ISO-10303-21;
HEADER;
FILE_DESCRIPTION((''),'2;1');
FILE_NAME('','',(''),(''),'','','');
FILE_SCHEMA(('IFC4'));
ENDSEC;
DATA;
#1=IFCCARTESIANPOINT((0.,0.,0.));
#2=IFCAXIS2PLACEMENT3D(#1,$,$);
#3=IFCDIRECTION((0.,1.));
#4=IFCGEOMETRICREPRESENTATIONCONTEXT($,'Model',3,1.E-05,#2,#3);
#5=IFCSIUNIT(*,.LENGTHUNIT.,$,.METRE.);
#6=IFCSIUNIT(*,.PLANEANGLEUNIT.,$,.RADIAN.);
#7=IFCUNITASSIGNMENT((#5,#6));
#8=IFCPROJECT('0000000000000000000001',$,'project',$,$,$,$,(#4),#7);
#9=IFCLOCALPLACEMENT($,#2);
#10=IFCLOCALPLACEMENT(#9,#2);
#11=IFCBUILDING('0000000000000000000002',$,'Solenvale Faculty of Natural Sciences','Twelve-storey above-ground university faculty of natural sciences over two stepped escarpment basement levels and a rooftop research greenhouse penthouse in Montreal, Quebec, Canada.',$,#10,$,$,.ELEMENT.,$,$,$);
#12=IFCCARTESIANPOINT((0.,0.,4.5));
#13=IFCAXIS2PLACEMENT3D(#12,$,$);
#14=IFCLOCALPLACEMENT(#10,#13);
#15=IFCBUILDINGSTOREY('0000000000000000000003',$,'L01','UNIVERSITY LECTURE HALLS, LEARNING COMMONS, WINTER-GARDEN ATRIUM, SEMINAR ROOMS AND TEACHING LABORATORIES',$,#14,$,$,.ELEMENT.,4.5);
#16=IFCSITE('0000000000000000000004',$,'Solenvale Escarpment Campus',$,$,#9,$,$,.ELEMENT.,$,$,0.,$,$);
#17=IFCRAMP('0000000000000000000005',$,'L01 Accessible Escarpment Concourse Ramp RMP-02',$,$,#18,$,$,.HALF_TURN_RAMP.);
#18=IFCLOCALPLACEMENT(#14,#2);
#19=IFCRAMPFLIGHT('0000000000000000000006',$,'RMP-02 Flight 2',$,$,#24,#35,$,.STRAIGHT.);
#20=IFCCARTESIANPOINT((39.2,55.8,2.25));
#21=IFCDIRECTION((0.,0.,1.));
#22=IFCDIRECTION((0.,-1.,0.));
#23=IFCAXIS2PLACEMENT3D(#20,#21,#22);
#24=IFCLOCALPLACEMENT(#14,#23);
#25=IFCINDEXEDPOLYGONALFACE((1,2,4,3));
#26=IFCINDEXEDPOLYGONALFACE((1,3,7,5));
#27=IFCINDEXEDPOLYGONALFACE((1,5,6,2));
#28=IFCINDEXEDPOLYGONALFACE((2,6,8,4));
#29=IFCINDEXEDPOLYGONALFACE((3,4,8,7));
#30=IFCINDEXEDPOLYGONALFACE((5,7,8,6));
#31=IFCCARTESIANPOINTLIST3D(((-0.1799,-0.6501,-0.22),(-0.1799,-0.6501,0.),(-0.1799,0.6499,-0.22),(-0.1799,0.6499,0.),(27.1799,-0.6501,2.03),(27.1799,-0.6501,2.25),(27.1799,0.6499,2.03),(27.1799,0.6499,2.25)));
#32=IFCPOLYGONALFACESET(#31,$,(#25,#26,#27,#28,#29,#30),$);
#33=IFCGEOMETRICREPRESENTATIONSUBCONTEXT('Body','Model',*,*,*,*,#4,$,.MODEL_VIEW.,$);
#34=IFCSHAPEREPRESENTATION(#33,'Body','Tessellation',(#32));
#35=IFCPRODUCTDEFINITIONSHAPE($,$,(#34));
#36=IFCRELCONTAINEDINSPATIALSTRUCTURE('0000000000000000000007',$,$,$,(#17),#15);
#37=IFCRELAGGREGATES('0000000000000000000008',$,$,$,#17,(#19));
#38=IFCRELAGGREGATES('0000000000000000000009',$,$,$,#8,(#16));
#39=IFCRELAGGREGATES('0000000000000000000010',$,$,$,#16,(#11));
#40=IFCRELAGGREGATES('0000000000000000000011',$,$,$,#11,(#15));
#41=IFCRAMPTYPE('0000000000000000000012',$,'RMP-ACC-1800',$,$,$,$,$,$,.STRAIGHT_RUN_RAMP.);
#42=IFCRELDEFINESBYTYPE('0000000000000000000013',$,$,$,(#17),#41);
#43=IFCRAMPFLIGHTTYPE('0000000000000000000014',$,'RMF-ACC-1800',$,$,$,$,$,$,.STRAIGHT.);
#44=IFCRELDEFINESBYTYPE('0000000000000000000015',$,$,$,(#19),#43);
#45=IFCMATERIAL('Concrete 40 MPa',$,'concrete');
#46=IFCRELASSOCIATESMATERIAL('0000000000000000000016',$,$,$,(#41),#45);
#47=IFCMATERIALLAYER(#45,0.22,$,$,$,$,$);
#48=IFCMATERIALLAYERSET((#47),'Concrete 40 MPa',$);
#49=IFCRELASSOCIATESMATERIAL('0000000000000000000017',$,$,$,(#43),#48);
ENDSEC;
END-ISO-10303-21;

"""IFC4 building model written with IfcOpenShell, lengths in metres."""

from ifc_helpers import new_model, si_unit, direction, frame, origin, place, context, subcontext, project, spatial, polyline, outline, extrude, material, layer, layer_set, type_object, element, aggregate, save


model = new_model("IFC4")

# Units and contexts
model_context = context("Model", 3, precision=1e-05, world=origin(), true_north=direction((0.0, 1.0)))
body_context = subcontext(model_context, "Body", "Model", "MODEL_VIEW")
ifc_project = project(units=[si_unit("LENGTHUNIT", "METRE"), si_unit("PLANEANGLEUNIT", "RADIAN")], contexts=[model_context])

# Site, building, storey
site_placement = place(None, origin())
site = spatial("IfcSite", under=ifc_project, at=site_placement, Name="Solenvale Escarpment Campus", CompositionType="ELEMENT", RefElevation=0.0)
building_placement = place(site_placement, origin())
building = spatial("IfcBuilding", under=site, at=building_placement, Name="Solenvale Faculty of Natural Sciences", Description="Twelve-storey above-ground university faculty of natural sciences over two stepped escarpment basement levels and a rooftop research greenhouse penthouse in Montreal, Quebec, Canada.", CompositionType="ELEMENT")
storey_placement = place(building_placement, frame((0.0, 0.0, 4.5)))
storey = spatial("IfcBuildingStorey", under=building, at=storey_placement, Name="L01", Description="UNIVERSITY LECTURE HALLS, LEARNING COMMONS, WINTER-GARDEN ATRIUM, SEMINAR ROOMS AND TEACHING LABORATORIES", CompositionType="ELEMENT", Elevation=4.5)

# Shared definitions
ifc_material_1 = material(Name="Concrete 40 MPa", Category="concrete")

# Ramp, ramp flight
ramp_type = type_object("IfcRampType", Name="RMP-ACC-1800", PredefinedType="STRAIGHT_RUN_RAMP", material=ifc_material_1)
ramp_placement = place(storey_placement, origin())
ramp = element("IfcRamp", 1, at=ramp_placement, inside=storey, type_object=ramp_type, Name="L01 Accessible Escarpment Concourse Ramp RMP-02", PredefinedType="HALF_TURN_RAMP")
ifc_layer_1 = layer(ifc_material_1, 0.22)
ifc_layer_set_1 = layer_set([ifc_layer_1], Name="Concrete 40 MPa")
ramp_flight_type = type_object("IfcRampFlightType", Name="RMF-ACC-1800", PredefinedType="STRAIGHT", material=ifc_layer_set_1)
ramp_flight_placement = place(storey_placement, frame((39.2, 55.8, 2.25), z_axis=(0.0, 0.0, 1.0), x_axis=(0.0, -1.0, 0.0)))
ramp_flight = element("IfcRampFlight", 2, at=ramp_flight_placement, type_object=ramp_flight_type, Name="RMP-02 Flight 2", PredefinedType="STRAIGHT", context=body_context, shape_type="SweptSolid", body=[
    extrude(outline(polyline([(-0.1799, 0.0), (27.1799, 2.25), (27.1799, 2.03), (-0.1799, -0.22), (-0.1799, 0.0)])), frame((0.0, 0.6499, 0.0), z_axis=(0.0, -1.0, 0.0), x_axis=(1.0, 0.0, 0.0)), (0.0, 0.0, 1.0), 1.3),
])
aggregate(ramp, [ramp_flight])

save(model, "model.ifc")
